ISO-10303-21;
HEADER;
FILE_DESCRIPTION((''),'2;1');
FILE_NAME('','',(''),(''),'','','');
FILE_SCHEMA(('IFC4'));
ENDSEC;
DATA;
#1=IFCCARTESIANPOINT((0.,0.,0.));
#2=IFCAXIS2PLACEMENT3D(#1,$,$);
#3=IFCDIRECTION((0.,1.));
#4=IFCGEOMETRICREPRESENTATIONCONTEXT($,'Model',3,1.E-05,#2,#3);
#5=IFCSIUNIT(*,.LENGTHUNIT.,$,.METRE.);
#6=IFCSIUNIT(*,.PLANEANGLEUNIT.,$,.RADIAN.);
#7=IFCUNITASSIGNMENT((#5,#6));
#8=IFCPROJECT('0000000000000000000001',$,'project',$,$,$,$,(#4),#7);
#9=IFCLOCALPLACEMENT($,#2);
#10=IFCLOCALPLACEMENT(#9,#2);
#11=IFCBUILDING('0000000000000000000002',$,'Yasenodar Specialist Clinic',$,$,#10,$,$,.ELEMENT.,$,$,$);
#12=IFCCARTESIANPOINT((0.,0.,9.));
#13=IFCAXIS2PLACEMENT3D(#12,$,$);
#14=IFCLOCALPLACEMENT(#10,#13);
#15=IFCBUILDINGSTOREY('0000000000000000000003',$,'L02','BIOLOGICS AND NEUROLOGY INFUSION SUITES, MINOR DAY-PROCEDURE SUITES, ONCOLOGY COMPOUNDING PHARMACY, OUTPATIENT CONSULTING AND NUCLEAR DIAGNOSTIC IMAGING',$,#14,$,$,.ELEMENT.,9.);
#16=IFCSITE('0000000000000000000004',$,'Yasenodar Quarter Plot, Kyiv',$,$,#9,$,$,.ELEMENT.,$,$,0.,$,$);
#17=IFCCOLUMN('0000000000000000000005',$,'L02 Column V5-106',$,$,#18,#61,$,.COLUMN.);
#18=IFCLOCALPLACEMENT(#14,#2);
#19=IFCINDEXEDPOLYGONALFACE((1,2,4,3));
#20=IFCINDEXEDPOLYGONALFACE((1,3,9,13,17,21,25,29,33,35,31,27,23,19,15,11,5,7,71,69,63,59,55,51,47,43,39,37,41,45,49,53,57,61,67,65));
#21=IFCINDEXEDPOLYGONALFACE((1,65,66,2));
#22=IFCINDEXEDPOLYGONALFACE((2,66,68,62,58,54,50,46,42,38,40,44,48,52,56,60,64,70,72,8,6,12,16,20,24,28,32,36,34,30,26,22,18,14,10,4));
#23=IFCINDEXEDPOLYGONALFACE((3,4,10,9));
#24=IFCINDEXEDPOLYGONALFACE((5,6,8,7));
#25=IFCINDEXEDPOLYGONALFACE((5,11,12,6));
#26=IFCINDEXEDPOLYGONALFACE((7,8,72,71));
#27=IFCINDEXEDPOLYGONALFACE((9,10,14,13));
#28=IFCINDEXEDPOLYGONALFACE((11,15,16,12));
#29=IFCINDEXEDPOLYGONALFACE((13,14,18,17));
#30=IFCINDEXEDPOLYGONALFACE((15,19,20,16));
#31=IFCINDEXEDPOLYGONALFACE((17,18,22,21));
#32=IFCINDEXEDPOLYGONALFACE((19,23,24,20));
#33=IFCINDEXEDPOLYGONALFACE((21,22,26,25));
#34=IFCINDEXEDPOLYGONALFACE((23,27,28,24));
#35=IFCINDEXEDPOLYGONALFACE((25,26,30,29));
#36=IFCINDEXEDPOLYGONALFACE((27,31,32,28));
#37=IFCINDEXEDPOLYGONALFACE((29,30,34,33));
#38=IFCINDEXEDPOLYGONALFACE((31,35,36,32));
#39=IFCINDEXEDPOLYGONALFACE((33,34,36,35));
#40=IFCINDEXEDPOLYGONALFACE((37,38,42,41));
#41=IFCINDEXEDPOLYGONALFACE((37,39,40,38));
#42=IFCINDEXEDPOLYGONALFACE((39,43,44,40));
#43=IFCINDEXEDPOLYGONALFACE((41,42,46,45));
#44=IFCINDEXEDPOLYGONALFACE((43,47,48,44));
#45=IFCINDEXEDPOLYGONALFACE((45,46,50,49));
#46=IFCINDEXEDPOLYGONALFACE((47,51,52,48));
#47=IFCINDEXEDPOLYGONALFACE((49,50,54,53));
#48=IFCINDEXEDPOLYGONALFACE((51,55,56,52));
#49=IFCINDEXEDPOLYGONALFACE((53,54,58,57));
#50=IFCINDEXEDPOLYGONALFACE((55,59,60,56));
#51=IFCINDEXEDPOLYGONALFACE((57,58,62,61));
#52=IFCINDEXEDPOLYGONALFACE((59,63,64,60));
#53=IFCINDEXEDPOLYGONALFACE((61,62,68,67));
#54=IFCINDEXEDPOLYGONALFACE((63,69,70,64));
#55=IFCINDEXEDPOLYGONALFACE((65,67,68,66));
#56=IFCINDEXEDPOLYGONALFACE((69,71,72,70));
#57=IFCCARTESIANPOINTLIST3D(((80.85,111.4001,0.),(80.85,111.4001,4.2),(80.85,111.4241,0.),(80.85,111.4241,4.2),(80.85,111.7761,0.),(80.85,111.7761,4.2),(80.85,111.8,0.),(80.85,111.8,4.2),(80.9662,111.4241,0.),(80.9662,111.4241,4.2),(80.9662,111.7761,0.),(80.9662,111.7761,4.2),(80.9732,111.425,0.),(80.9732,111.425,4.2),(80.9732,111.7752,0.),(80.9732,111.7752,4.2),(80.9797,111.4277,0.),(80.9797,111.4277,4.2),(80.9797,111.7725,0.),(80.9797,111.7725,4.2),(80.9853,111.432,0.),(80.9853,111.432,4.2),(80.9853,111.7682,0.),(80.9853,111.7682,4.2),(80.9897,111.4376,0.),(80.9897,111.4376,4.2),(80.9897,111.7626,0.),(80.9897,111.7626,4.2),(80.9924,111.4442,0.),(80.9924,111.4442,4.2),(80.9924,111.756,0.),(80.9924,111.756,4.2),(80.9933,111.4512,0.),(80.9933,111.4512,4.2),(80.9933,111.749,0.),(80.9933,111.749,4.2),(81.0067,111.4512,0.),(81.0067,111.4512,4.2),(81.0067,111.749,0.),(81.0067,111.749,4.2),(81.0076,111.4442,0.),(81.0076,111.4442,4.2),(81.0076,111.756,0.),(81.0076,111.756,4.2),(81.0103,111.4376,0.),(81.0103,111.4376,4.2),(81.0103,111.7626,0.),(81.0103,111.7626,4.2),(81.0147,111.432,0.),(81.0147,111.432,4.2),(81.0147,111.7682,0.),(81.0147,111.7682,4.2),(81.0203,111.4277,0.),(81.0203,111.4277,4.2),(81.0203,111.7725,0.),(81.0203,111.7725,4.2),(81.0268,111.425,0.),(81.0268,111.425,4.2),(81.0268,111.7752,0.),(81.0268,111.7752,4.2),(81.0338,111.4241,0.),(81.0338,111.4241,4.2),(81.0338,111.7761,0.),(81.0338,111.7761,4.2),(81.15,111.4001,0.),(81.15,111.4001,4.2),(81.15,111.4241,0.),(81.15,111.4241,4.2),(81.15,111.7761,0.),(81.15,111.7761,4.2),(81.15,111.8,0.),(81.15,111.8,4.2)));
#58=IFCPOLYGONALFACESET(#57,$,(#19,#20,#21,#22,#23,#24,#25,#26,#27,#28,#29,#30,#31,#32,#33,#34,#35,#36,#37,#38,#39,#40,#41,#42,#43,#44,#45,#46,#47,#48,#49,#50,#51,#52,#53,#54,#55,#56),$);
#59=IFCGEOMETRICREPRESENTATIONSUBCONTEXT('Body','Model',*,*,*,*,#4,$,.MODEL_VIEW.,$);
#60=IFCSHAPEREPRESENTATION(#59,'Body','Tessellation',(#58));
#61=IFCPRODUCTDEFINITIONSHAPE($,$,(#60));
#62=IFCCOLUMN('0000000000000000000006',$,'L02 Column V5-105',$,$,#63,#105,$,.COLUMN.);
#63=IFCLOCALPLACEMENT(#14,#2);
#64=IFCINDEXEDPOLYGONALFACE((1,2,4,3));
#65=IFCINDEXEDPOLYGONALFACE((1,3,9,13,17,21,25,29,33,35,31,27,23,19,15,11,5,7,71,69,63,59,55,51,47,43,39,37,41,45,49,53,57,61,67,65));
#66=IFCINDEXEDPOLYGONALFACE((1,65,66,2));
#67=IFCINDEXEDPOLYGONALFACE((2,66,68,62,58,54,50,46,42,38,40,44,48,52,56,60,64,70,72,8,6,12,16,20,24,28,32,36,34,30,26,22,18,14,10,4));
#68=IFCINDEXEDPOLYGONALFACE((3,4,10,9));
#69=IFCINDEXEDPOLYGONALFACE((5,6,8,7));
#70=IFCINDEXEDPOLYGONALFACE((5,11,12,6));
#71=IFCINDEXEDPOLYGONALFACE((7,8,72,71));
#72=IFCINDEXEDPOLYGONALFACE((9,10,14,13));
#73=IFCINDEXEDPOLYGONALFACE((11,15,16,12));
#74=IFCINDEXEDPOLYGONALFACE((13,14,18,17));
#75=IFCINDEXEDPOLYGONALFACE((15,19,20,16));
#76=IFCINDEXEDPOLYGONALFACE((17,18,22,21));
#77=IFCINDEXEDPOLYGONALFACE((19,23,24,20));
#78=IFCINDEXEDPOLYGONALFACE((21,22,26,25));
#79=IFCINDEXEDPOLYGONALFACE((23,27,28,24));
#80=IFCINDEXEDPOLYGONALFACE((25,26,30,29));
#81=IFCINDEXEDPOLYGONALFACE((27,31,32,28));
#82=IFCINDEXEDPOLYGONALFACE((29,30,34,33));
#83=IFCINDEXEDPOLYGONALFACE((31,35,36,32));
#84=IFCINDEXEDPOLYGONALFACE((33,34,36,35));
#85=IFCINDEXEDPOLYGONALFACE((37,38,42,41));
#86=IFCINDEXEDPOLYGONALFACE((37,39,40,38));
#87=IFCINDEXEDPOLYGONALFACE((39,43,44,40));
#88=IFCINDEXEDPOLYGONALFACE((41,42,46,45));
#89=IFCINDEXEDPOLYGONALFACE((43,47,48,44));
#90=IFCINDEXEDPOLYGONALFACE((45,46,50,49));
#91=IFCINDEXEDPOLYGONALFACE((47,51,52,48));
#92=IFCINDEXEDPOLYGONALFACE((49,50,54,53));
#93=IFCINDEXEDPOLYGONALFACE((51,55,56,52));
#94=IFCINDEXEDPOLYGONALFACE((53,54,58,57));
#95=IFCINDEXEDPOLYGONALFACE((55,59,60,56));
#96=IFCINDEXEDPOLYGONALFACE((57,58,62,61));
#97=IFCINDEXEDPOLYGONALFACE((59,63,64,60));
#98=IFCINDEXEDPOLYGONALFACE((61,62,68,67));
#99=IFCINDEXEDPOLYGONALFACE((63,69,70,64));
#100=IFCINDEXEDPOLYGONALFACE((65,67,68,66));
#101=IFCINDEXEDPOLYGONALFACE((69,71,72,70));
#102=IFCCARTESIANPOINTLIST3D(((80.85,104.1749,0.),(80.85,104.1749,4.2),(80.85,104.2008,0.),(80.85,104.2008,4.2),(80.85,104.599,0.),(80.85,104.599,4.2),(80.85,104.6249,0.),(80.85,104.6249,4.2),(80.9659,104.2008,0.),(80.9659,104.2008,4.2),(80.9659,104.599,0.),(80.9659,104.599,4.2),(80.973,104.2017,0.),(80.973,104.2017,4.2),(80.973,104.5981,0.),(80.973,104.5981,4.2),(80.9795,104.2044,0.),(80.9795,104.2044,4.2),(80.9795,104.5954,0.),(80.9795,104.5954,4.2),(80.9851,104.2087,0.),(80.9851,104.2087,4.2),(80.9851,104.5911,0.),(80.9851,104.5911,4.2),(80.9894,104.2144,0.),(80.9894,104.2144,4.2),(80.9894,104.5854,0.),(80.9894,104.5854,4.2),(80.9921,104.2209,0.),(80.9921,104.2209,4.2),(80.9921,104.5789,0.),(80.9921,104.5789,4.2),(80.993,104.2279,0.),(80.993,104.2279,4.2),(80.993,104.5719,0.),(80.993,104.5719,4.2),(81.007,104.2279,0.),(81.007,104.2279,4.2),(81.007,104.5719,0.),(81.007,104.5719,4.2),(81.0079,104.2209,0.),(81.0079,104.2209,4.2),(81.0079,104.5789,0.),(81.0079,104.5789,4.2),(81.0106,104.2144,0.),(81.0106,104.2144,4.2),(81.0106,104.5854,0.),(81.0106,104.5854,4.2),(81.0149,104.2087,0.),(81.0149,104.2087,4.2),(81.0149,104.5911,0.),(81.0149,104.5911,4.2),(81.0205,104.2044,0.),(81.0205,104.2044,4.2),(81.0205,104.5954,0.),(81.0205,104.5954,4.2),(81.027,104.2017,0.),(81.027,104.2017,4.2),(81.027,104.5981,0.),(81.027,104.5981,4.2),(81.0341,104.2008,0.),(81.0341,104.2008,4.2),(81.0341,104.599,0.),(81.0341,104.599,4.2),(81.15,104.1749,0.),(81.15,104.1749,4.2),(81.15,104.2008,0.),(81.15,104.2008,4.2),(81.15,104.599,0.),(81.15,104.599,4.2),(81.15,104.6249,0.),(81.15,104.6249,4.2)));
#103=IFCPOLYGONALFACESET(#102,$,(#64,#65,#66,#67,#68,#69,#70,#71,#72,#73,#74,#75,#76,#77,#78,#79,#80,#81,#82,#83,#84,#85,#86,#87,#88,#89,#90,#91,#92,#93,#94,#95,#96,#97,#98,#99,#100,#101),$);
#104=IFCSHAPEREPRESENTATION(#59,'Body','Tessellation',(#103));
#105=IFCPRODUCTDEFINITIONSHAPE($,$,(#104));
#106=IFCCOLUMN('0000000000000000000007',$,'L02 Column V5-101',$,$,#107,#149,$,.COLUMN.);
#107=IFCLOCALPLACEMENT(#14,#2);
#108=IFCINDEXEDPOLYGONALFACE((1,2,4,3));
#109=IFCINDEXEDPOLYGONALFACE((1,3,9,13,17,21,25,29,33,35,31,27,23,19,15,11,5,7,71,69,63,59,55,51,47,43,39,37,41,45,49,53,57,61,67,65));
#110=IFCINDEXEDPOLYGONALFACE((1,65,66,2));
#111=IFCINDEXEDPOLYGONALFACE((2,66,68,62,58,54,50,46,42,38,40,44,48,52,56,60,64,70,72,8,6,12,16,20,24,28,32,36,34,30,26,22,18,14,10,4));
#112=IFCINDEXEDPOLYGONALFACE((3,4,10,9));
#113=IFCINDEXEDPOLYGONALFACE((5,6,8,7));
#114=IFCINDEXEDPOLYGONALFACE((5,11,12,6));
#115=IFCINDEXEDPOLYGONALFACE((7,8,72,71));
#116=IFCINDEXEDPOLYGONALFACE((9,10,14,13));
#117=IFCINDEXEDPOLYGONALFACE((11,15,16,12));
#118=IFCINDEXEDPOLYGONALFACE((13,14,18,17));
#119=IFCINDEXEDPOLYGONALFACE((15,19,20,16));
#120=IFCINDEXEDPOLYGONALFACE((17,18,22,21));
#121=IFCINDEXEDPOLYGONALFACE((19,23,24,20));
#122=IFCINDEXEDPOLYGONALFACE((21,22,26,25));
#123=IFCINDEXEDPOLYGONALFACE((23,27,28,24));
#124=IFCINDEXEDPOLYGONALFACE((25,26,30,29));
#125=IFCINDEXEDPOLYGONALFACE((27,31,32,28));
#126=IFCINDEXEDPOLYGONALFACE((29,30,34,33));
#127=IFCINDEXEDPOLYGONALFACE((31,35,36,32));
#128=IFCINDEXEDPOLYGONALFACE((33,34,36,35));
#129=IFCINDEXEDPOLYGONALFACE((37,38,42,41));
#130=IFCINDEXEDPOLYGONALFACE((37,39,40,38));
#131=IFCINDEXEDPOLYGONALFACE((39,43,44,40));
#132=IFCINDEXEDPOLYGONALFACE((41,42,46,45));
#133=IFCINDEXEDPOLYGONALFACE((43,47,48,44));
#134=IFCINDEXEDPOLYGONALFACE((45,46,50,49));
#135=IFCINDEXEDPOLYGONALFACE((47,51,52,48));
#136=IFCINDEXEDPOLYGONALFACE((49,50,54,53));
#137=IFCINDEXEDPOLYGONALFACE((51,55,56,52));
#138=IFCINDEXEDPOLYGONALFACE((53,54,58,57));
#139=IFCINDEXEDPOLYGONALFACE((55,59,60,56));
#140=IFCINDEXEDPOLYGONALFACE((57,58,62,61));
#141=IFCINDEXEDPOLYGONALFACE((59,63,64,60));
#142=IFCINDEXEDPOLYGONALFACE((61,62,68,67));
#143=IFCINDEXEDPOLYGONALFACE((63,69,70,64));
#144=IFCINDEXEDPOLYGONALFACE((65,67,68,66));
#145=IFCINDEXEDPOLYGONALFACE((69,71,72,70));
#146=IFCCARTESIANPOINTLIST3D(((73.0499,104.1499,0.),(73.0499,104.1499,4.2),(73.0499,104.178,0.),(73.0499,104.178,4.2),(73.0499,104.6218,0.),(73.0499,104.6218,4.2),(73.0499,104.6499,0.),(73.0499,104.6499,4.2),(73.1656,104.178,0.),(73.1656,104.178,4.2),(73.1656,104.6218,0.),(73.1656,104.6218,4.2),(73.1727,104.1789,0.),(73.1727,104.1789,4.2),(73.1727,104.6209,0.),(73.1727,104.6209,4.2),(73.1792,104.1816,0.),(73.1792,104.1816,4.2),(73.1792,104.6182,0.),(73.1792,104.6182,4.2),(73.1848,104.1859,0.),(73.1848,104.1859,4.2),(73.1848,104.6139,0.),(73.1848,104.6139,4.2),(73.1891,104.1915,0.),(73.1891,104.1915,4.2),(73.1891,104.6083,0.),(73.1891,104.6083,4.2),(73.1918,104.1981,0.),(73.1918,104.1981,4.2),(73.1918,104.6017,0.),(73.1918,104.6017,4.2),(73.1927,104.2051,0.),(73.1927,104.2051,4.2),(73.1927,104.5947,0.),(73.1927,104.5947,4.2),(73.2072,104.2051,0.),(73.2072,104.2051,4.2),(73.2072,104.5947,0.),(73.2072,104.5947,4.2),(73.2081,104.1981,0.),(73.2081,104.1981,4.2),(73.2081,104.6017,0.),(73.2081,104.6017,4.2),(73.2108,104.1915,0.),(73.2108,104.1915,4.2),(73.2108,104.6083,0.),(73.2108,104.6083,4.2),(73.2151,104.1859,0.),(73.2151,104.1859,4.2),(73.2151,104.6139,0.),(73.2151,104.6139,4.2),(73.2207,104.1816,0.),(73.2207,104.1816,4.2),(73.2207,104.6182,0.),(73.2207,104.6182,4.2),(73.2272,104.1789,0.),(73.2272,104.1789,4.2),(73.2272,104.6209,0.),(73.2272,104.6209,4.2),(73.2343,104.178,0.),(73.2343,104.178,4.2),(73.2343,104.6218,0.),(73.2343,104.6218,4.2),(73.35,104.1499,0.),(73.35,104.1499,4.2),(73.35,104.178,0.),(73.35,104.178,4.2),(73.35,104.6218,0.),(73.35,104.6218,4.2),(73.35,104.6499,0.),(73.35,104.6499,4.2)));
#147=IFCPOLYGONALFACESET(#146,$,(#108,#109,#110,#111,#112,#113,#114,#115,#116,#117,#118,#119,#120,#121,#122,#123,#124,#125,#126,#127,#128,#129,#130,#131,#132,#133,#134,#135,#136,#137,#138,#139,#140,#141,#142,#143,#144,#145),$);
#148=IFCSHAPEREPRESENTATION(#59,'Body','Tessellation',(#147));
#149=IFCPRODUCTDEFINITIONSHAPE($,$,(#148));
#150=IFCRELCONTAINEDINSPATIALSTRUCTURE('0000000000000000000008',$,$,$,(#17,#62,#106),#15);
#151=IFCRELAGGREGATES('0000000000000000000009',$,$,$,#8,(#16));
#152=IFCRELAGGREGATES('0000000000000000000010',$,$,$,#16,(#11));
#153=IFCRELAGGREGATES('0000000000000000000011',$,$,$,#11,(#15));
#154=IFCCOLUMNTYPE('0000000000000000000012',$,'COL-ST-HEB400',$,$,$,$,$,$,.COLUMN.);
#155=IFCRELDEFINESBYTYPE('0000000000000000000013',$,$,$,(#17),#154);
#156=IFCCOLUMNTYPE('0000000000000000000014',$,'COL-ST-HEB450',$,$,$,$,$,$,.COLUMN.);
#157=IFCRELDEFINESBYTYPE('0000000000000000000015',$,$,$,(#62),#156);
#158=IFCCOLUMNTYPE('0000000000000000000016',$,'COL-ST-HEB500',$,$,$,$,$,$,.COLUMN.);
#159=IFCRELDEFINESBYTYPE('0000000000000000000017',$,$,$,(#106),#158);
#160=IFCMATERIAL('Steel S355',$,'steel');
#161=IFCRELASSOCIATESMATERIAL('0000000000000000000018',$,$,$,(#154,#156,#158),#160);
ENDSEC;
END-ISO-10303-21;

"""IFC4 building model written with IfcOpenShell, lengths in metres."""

from ifc_helpers import new_model, si_unit, direction, frame, origin, origin_2d, place, context, subcontext, project, spatial, i_section, extrude, material, material_profile, profile_set, type_object, element, save


model = new_model("IFC4")

# Units and contexts
model_context = context("Model", 3, precision=1e-05, world=origin(), true_north=direction((0.0, 1.0)))
body_context = subcontext(model_context, "Body", "Model", "MODEL_VIEW")
ifc_project = project(units=[si_unit("LENGTHUNIT", "METRE"), si_unit("PLANEANGLEUNIT", "RADIAN")], contexts=[model_context])

# Site, building, storey
site_placement = place(None, origin())
site = spatial("IfcSite", under=ifc_project, at=site_placement, Name="Yasenodar Quarter Plot, Kyiv", CompositionType="ELEMENT", RefElevation=0.0)
building_placement = place(site_placement, origin())
building = spatial("IfcBuilding", under=site, at=building_placement, Name="Yasenodar Specialist Clinic", CompositionType="ELEMENT")
storey_placement = place(building_placement, frame((0.0, 0.0, 9.0)))
storey = spatial("IfcBuildingStorey", under=building, at=storey_placement, Name="L02", Description="BIOLOGICS AND NEUROLOGY INFUSION SUITES, MINOR DAY-PROCEDURE SUITES, ONCOLOGY COMPOUNDING PHARMACY, OUTPATIENT CONSULTING AND NUCLEAR DIAGNOSTIC IMAGING", CompositionType="ELEMENT", Elevation=9.0)

# Columns
ifc_material_1 = material(Name="Steel S355", Category="steel")
ifc_material_profile_1 = material_profile(ifc_material_1, i_section(OverallWidth=0.3, OverallDepth=0.3999, WebThickness=0.0134, FlangeThickness=0.0239, FilletRadius=0.0271, at=origin_2d()), Name="HEB 400")
ifc_profile_set_1 = profile_set([ifc_material_profile_1], Name="Steel S355")
column_type_1 = type_object("IfcColumnType", Name="COL-ST-HEB400", PredefinedType="COLUMN", material=ifc_profile_set_1)
column_1_placement = place(storey_placement, frame((81.0, 111.6001, 0.0), z_axis=(0.0, 0.0, 1.0), x_axis=(1.0, 0.0, 0.0)))
element("IfcColumn", 1, at=column_1_placement, inside=storey, type_object=column_type_1, Name="L02 Column V5-106", PredefinedType="COLUMN", context=body_context, shape_type="SweptSolid", body=[
    extrude(i_section(OverallWidth=0.3, OverallDepth=0.3999, WebThickness=0.0134, FlangeThickness=0.0239, FilletRadius=0.0271, at=origin_2d()), origin(), (0.0, 0.0, 1.0), 4.2),
])
ifc_material_profile_2 = material_profile(ifc_material_1, i_section(OverallWidth=0.3, OverallDepth=0.45, WebThickness=0.0139, FlangeThickness=0.0259, FilletRadius=0.0271, at=origin_2d()), Name="HEB 450")
ifc_profile_set_2 = profile_set([ifc_material_profile_2], Name="Steel S355")
column_type_2 = type_object("IfcColumnType", Name="COL-ST-HEB450", PredefinedType="COLUMN", material=ifc_profile_set_2)
column_2_placement = place(storey_placement, frame((81.0, 104.3999, 0.0), z_axis=(0.0, 0.0, 1.0), x_axis=(1.0, 0.0, 0.0)))
element("IfcColumn", 2, at=column_2_placement, inside=storey, type_object=column_type_2, Name="L02 Column V5-105", PredefinedType="COLUMN", context=body_context, shape_type="SweptSolid", body=[
    extrude(i_section(OverallWidth=0.3, OverallDepth=0.45, WebThickness=0.0139, FlangeThickness=0.0259, FilletRadius=0.0271, at=origin_2d()), origin(), (0.0, 0.0, 1.0), 4.2),
])
ifc_material_profile_3 = material_profile(ifc_material_1, i_section(OverallWidth=0.3, OverallDepth=0.5, WebThickness=0.0144, FlangeThickness=0.0281, FilletRadius=0.0271, at=origin_2d()), Name="HEB 500")
ifc_profile_set_3 = profile_set([ifc_material_profile_3], Name="Steel S355")
column_type_3 = type_object("IfcColumnType", Name="COL-ST-HEB500", PredefinedType="COLUMN", material=ifc_profile_set_3)
column_3_placement = place(storey_placement, frame((73.2, 104.3999, 0.0), z_axis=(0.0, 0.0, 1.0), x_axis=(1.0, 0.0, 0.0)))
element("IfcColumn", 3, at=column_3_placement, inside=storey, type_object=column_type_3, Name="L02 Column V5-101", PredefinedType="COLUMN", context=body_context, shape_type="SweptSolid", body=[
    extrude(i_section(OverallWidth=0.3, OverallDepth=0.5, WebThickness=0.0144, FlangeThickness=0.0281, FilletRadius=0.0271, at=origin_2d()), origin(), (0.0, 0.0, 1.0), 4.2),
])

save(model, "model.ifc")
